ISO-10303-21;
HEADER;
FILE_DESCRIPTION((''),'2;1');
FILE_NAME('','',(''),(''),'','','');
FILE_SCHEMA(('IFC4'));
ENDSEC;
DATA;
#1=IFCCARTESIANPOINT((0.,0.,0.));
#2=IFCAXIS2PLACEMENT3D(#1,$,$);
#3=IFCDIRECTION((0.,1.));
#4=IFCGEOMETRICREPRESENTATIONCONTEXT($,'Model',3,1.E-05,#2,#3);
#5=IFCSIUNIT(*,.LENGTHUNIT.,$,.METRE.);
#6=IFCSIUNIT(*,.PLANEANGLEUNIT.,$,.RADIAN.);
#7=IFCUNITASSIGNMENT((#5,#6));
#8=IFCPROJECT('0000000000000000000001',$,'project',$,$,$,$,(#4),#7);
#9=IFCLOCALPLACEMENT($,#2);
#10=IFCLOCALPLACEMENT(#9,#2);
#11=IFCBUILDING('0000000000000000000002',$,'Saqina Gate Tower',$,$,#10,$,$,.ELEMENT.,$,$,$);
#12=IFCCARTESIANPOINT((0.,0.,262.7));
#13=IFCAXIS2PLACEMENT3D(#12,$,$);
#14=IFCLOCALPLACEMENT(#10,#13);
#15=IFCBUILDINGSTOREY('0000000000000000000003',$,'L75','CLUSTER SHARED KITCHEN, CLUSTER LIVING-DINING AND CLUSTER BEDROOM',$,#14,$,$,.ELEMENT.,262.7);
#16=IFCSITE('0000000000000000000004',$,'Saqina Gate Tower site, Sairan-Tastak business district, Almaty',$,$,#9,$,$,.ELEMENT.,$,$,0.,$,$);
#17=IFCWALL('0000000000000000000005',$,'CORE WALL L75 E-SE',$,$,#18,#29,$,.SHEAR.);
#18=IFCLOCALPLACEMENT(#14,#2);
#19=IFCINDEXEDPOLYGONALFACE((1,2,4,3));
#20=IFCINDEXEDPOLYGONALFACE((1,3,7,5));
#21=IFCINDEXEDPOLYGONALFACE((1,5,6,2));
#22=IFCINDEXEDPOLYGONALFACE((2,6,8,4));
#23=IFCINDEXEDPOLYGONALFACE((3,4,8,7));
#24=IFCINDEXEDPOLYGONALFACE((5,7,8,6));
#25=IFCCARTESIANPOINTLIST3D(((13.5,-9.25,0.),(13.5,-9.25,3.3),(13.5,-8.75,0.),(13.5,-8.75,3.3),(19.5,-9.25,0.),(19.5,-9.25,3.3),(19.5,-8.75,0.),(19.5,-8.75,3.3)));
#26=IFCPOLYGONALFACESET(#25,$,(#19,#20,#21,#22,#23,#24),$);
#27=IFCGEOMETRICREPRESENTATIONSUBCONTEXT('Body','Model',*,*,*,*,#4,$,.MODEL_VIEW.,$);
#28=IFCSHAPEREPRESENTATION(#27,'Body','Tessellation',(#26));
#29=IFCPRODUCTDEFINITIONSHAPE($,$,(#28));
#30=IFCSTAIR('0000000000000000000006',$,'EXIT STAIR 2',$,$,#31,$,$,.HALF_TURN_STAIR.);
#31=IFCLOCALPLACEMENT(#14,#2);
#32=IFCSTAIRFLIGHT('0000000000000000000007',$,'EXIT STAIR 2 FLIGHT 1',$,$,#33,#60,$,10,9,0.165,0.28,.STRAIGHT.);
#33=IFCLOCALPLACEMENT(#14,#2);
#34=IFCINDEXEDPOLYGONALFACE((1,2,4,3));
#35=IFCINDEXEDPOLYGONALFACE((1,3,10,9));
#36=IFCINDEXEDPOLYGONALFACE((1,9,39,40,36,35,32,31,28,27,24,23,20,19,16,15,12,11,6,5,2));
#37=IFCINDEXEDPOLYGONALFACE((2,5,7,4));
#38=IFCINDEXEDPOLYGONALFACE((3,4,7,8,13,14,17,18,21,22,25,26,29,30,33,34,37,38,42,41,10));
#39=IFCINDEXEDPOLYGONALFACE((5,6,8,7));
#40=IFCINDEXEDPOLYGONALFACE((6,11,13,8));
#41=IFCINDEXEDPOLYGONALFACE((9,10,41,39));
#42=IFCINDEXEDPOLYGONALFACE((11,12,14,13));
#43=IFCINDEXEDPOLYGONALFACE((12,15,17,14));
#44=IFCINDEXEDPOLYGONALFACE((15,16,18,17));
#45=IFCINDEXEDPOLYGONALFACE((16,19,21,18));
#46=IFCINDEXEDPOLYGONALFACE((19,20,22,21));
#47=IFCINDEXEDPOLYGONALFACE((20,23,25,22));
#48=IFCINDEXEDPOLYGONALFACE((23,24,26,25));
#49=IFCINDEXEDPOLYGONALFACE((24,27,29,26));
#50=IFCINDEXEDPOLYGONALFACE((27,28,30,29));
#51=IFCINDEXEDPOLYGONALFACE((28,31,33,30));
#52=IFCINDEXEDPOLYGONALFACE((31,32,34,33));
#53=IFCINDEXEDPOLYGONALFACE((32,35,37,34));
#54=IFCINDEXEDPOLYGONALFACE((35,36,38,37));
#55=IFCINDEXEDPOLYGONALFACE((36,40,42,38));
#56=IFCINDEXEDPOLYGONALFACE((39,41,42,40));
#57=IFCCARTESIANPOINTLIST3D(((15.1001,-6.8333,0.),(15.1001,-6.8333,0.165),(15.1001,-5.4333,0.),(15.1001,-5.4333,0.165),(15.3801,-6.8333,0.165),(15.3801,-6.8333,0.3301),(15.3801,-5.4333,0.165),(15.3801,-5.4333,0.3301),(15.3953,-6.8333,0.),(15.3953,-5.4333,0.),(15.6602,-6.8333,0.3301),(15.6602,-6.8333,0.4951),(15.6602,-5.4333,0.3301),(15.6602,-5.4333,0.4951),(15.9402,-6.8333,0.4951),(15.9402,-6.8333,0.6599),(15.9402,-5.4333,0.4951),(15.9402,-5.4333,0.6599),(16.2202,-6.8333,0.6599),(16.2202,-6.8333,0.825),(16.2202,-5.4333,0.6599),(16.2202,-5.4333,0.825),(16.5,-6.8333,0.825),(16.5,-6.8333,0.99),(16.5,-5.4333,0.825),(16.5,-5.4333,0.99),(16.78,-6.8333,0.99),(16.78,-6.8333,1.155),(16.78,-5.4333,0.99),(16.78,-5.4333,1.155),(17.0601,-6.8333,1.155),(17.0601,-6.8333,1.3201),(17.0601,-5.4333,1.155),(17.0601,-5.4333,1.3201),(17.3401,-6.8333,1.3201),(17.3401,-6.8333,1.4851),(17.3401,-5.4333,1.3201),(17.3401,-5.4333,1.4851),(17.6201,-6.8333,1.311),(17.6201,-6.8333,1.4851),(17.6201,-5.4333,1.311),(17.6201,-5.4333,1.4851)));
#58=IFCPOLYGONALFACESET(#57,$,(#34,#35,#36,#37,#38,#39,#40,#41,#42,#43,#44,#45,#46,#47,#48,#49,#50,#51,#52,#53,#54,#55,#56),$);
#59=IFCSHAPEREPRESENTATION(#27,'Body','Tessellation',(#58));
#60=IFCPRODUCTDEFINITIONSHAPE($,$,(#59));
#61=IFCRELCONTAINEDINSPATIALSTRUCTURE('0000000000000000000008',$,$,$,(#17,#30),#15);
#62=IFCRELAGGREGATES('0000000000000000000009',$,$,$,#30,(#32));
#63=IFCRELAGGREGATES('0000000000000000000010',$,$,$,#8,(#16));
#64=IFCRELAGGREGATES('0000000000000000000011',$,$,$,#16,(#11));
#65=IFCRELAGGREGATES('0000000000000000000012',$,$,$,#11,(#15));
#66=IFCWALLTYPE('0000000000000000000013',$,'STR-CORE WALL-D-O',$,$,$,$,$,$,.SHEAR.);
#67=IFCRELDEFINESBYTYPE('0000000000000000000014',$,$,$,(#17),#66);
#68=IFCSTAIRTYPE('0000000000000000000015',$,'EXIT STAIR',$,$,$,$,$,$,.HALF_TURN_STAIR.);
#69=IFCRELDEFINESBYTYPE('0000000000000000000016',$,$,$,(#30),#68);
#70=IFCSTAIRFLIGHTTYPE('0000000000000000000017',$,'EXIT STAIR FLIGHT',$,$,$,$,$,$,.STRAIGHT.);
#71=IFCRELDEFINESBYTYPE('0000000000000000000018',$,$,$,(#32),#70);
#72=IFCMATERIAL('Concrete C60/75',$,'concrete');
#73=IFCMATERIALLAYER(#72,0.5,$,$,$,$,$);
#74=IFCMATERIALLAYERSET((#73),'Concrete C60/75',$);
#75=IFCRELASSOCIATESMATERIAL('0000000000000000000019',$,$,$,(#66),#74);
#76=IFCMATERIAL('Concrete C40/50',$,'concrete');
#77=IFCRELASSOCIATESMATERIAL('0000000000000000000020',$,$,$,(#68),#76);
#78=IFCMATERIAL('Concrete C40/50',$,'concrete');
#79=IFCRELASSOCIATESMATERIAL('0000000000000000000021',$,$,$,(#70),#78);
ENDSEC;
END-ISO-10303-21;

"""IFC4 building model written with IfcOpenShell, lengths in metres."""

from ifc_helpers import new_model, si_unit, direction, frame, frame_2d, origin, place, context, subcontext, project, spatial, polyline, rectangle, outline, extrude, material, layer, layer_set, type_object, element, aggregate, save


model = new_model("IFC4")

# Units and contexts
model_context = context("Model", 3, precision=1e-05, world=origin(), true_north=direction((0.0, 1.0)))
body_context = subcontext(model_context, "Body", "Model", "MODEL_VIEW")
ifc_project = project(units=[si_unit("LENGTHUNIT", "METRE"), si_unit("PLANEANGLEUNIT", "RADIAN")], contexts=[model_context])

# Site, building, storey
site_placement = place(None, origin())
site = spatial("IfcSite", under=ifc_project, at=site_placement, Name="Saqina Gate Tower site, Sairan-Tastak business district, Almaty", CompositionType="ELEMENT", RefElevation=0.0)
building_placement = place(site_placement, origin())
building = spatial("IfcBuilding", under=site, at=building_placement, Name="Saqina Gate Tower", CompositionType="ELEMENT")
storey_placement = place(building_placement, frame((0.0, 0.0, 262.7)))
storey = spatial("IfcBuildingStorey", under=building, at=storey_placement, Name="L75", Description="CLUSTER SHARED KITCHEN, CLUSTER LIVING-DINING AND CLUSTER BEDROOM", CompositionType="ELEMENT", Elevation=262.7)

# Shared definitions
ifc_material_1 = material(Name="Concrete C60/75", Category="concrete")
ifc_layer_1 = layer(ifc_material_1, 0.5)
ifc_layer_set_1 = layer_set([ifc_layer_1], Name="Concrete C60/75")
wall_type_1 = type_object("IfcWallType", Name="STR-CORE WALL-D-O", PredefinedType="SHEAR", material=ifc_layer_set_1)

# Wall
wall_1_placement = place(storey_placement, frame((13.5, -9.0, 0.0), z_axis=(0.0, 0.0, 1.0), x_axis=(1.0, 0.0, 0.0)))
element("IfcWall", 1, at=wall_1_placement, inside=storey, type_object=wall_type_1, Name="CORE WALL L75 E-SE", PredefinedType="SHEAR", context=body_context, shape_type="SweptSolid", body=[
    extrude(rectangle(XDim=6.0, YDim=0.5, at=frame_2d((3.0, 0.0))), origin(), (0.0, 0.0, 1.0), 3.3),
])

# Stair, stair flight
ifc_material_2 = material(Name="Concrete C40/50", Category="concrete")
stair_type = type_object("IfcStairType", Name="EXIT STAIR", PredefinedType="HALF_TURN_STAIR", material=ifc_material_2)
stair_placement = place(storey_placement, origin())
stair = element("IfcStair", 2, at=stair_placement, inside=storey, type_object=stair_type, Name="EXIT STAIR 2", PredefinedType="HALF_TURN_STAIR")
ifc_material_3 = material(Name="Concrete C40/50", Category="concrete")
stair_flight_type = type_object("IfcStairFlightType", Name="EXIT STAIR FLIGHT", PredefinedType="STRAIGHT", material=ifc_material_3)
stair_flight_placement = place(storey_placement, frame((15.1001, -6.1333, 0.0), z_axis=(0.0, 0.0, 1.0), x_axis=(1.0, 0.0, 0.0)))
stair_flight = element("IfcStairFlight", 3, at=stair_flight_placement, type_object=stair_flight_type, Name="EXIT STAIR 2 FLIGHT 1", NumberOfRisers=10, NumberOfTreads=9, PredefinedType="STRAIGHT", RiserHeight=0.165, TreadLength=0.28, context=body_context, shape_type="SweptSolid", body=[
    extrude(outline(polyline([(0.0, 0.0), (0.0, 0.165), (0.28, 0.165), (0.28, 0.3301), (0.5601, 0.3301), (0.5601, 0.4951), (0.8401, 0.4951), (0.8401, 0.6599), (1.1201, 0.6599), (1.1201, 0.825), (1.3999, 0.825), (1.3999, 0.99), (1.6799, 0.99), (1.6799, 1.155), (1.96, 1.155), (1.96, 1.3201), (2.24, 1.3201), (2.24, 1.4851), (2.52, 1.4851), (2.52, 1.6499), (2.52, 1.311), (0.2952, 0.0), (0.0, 0.0)])), frame((0.0, 0.7, 0.0), z_axis=(0.0, -1.0, 0.0), x_axis=(1.0, 0.0, 0.0)), (0.0, 0.0, 1.0), 1.3999),
])
aggregate(stair, [stair_flight])

save(model, "model.ifc")
